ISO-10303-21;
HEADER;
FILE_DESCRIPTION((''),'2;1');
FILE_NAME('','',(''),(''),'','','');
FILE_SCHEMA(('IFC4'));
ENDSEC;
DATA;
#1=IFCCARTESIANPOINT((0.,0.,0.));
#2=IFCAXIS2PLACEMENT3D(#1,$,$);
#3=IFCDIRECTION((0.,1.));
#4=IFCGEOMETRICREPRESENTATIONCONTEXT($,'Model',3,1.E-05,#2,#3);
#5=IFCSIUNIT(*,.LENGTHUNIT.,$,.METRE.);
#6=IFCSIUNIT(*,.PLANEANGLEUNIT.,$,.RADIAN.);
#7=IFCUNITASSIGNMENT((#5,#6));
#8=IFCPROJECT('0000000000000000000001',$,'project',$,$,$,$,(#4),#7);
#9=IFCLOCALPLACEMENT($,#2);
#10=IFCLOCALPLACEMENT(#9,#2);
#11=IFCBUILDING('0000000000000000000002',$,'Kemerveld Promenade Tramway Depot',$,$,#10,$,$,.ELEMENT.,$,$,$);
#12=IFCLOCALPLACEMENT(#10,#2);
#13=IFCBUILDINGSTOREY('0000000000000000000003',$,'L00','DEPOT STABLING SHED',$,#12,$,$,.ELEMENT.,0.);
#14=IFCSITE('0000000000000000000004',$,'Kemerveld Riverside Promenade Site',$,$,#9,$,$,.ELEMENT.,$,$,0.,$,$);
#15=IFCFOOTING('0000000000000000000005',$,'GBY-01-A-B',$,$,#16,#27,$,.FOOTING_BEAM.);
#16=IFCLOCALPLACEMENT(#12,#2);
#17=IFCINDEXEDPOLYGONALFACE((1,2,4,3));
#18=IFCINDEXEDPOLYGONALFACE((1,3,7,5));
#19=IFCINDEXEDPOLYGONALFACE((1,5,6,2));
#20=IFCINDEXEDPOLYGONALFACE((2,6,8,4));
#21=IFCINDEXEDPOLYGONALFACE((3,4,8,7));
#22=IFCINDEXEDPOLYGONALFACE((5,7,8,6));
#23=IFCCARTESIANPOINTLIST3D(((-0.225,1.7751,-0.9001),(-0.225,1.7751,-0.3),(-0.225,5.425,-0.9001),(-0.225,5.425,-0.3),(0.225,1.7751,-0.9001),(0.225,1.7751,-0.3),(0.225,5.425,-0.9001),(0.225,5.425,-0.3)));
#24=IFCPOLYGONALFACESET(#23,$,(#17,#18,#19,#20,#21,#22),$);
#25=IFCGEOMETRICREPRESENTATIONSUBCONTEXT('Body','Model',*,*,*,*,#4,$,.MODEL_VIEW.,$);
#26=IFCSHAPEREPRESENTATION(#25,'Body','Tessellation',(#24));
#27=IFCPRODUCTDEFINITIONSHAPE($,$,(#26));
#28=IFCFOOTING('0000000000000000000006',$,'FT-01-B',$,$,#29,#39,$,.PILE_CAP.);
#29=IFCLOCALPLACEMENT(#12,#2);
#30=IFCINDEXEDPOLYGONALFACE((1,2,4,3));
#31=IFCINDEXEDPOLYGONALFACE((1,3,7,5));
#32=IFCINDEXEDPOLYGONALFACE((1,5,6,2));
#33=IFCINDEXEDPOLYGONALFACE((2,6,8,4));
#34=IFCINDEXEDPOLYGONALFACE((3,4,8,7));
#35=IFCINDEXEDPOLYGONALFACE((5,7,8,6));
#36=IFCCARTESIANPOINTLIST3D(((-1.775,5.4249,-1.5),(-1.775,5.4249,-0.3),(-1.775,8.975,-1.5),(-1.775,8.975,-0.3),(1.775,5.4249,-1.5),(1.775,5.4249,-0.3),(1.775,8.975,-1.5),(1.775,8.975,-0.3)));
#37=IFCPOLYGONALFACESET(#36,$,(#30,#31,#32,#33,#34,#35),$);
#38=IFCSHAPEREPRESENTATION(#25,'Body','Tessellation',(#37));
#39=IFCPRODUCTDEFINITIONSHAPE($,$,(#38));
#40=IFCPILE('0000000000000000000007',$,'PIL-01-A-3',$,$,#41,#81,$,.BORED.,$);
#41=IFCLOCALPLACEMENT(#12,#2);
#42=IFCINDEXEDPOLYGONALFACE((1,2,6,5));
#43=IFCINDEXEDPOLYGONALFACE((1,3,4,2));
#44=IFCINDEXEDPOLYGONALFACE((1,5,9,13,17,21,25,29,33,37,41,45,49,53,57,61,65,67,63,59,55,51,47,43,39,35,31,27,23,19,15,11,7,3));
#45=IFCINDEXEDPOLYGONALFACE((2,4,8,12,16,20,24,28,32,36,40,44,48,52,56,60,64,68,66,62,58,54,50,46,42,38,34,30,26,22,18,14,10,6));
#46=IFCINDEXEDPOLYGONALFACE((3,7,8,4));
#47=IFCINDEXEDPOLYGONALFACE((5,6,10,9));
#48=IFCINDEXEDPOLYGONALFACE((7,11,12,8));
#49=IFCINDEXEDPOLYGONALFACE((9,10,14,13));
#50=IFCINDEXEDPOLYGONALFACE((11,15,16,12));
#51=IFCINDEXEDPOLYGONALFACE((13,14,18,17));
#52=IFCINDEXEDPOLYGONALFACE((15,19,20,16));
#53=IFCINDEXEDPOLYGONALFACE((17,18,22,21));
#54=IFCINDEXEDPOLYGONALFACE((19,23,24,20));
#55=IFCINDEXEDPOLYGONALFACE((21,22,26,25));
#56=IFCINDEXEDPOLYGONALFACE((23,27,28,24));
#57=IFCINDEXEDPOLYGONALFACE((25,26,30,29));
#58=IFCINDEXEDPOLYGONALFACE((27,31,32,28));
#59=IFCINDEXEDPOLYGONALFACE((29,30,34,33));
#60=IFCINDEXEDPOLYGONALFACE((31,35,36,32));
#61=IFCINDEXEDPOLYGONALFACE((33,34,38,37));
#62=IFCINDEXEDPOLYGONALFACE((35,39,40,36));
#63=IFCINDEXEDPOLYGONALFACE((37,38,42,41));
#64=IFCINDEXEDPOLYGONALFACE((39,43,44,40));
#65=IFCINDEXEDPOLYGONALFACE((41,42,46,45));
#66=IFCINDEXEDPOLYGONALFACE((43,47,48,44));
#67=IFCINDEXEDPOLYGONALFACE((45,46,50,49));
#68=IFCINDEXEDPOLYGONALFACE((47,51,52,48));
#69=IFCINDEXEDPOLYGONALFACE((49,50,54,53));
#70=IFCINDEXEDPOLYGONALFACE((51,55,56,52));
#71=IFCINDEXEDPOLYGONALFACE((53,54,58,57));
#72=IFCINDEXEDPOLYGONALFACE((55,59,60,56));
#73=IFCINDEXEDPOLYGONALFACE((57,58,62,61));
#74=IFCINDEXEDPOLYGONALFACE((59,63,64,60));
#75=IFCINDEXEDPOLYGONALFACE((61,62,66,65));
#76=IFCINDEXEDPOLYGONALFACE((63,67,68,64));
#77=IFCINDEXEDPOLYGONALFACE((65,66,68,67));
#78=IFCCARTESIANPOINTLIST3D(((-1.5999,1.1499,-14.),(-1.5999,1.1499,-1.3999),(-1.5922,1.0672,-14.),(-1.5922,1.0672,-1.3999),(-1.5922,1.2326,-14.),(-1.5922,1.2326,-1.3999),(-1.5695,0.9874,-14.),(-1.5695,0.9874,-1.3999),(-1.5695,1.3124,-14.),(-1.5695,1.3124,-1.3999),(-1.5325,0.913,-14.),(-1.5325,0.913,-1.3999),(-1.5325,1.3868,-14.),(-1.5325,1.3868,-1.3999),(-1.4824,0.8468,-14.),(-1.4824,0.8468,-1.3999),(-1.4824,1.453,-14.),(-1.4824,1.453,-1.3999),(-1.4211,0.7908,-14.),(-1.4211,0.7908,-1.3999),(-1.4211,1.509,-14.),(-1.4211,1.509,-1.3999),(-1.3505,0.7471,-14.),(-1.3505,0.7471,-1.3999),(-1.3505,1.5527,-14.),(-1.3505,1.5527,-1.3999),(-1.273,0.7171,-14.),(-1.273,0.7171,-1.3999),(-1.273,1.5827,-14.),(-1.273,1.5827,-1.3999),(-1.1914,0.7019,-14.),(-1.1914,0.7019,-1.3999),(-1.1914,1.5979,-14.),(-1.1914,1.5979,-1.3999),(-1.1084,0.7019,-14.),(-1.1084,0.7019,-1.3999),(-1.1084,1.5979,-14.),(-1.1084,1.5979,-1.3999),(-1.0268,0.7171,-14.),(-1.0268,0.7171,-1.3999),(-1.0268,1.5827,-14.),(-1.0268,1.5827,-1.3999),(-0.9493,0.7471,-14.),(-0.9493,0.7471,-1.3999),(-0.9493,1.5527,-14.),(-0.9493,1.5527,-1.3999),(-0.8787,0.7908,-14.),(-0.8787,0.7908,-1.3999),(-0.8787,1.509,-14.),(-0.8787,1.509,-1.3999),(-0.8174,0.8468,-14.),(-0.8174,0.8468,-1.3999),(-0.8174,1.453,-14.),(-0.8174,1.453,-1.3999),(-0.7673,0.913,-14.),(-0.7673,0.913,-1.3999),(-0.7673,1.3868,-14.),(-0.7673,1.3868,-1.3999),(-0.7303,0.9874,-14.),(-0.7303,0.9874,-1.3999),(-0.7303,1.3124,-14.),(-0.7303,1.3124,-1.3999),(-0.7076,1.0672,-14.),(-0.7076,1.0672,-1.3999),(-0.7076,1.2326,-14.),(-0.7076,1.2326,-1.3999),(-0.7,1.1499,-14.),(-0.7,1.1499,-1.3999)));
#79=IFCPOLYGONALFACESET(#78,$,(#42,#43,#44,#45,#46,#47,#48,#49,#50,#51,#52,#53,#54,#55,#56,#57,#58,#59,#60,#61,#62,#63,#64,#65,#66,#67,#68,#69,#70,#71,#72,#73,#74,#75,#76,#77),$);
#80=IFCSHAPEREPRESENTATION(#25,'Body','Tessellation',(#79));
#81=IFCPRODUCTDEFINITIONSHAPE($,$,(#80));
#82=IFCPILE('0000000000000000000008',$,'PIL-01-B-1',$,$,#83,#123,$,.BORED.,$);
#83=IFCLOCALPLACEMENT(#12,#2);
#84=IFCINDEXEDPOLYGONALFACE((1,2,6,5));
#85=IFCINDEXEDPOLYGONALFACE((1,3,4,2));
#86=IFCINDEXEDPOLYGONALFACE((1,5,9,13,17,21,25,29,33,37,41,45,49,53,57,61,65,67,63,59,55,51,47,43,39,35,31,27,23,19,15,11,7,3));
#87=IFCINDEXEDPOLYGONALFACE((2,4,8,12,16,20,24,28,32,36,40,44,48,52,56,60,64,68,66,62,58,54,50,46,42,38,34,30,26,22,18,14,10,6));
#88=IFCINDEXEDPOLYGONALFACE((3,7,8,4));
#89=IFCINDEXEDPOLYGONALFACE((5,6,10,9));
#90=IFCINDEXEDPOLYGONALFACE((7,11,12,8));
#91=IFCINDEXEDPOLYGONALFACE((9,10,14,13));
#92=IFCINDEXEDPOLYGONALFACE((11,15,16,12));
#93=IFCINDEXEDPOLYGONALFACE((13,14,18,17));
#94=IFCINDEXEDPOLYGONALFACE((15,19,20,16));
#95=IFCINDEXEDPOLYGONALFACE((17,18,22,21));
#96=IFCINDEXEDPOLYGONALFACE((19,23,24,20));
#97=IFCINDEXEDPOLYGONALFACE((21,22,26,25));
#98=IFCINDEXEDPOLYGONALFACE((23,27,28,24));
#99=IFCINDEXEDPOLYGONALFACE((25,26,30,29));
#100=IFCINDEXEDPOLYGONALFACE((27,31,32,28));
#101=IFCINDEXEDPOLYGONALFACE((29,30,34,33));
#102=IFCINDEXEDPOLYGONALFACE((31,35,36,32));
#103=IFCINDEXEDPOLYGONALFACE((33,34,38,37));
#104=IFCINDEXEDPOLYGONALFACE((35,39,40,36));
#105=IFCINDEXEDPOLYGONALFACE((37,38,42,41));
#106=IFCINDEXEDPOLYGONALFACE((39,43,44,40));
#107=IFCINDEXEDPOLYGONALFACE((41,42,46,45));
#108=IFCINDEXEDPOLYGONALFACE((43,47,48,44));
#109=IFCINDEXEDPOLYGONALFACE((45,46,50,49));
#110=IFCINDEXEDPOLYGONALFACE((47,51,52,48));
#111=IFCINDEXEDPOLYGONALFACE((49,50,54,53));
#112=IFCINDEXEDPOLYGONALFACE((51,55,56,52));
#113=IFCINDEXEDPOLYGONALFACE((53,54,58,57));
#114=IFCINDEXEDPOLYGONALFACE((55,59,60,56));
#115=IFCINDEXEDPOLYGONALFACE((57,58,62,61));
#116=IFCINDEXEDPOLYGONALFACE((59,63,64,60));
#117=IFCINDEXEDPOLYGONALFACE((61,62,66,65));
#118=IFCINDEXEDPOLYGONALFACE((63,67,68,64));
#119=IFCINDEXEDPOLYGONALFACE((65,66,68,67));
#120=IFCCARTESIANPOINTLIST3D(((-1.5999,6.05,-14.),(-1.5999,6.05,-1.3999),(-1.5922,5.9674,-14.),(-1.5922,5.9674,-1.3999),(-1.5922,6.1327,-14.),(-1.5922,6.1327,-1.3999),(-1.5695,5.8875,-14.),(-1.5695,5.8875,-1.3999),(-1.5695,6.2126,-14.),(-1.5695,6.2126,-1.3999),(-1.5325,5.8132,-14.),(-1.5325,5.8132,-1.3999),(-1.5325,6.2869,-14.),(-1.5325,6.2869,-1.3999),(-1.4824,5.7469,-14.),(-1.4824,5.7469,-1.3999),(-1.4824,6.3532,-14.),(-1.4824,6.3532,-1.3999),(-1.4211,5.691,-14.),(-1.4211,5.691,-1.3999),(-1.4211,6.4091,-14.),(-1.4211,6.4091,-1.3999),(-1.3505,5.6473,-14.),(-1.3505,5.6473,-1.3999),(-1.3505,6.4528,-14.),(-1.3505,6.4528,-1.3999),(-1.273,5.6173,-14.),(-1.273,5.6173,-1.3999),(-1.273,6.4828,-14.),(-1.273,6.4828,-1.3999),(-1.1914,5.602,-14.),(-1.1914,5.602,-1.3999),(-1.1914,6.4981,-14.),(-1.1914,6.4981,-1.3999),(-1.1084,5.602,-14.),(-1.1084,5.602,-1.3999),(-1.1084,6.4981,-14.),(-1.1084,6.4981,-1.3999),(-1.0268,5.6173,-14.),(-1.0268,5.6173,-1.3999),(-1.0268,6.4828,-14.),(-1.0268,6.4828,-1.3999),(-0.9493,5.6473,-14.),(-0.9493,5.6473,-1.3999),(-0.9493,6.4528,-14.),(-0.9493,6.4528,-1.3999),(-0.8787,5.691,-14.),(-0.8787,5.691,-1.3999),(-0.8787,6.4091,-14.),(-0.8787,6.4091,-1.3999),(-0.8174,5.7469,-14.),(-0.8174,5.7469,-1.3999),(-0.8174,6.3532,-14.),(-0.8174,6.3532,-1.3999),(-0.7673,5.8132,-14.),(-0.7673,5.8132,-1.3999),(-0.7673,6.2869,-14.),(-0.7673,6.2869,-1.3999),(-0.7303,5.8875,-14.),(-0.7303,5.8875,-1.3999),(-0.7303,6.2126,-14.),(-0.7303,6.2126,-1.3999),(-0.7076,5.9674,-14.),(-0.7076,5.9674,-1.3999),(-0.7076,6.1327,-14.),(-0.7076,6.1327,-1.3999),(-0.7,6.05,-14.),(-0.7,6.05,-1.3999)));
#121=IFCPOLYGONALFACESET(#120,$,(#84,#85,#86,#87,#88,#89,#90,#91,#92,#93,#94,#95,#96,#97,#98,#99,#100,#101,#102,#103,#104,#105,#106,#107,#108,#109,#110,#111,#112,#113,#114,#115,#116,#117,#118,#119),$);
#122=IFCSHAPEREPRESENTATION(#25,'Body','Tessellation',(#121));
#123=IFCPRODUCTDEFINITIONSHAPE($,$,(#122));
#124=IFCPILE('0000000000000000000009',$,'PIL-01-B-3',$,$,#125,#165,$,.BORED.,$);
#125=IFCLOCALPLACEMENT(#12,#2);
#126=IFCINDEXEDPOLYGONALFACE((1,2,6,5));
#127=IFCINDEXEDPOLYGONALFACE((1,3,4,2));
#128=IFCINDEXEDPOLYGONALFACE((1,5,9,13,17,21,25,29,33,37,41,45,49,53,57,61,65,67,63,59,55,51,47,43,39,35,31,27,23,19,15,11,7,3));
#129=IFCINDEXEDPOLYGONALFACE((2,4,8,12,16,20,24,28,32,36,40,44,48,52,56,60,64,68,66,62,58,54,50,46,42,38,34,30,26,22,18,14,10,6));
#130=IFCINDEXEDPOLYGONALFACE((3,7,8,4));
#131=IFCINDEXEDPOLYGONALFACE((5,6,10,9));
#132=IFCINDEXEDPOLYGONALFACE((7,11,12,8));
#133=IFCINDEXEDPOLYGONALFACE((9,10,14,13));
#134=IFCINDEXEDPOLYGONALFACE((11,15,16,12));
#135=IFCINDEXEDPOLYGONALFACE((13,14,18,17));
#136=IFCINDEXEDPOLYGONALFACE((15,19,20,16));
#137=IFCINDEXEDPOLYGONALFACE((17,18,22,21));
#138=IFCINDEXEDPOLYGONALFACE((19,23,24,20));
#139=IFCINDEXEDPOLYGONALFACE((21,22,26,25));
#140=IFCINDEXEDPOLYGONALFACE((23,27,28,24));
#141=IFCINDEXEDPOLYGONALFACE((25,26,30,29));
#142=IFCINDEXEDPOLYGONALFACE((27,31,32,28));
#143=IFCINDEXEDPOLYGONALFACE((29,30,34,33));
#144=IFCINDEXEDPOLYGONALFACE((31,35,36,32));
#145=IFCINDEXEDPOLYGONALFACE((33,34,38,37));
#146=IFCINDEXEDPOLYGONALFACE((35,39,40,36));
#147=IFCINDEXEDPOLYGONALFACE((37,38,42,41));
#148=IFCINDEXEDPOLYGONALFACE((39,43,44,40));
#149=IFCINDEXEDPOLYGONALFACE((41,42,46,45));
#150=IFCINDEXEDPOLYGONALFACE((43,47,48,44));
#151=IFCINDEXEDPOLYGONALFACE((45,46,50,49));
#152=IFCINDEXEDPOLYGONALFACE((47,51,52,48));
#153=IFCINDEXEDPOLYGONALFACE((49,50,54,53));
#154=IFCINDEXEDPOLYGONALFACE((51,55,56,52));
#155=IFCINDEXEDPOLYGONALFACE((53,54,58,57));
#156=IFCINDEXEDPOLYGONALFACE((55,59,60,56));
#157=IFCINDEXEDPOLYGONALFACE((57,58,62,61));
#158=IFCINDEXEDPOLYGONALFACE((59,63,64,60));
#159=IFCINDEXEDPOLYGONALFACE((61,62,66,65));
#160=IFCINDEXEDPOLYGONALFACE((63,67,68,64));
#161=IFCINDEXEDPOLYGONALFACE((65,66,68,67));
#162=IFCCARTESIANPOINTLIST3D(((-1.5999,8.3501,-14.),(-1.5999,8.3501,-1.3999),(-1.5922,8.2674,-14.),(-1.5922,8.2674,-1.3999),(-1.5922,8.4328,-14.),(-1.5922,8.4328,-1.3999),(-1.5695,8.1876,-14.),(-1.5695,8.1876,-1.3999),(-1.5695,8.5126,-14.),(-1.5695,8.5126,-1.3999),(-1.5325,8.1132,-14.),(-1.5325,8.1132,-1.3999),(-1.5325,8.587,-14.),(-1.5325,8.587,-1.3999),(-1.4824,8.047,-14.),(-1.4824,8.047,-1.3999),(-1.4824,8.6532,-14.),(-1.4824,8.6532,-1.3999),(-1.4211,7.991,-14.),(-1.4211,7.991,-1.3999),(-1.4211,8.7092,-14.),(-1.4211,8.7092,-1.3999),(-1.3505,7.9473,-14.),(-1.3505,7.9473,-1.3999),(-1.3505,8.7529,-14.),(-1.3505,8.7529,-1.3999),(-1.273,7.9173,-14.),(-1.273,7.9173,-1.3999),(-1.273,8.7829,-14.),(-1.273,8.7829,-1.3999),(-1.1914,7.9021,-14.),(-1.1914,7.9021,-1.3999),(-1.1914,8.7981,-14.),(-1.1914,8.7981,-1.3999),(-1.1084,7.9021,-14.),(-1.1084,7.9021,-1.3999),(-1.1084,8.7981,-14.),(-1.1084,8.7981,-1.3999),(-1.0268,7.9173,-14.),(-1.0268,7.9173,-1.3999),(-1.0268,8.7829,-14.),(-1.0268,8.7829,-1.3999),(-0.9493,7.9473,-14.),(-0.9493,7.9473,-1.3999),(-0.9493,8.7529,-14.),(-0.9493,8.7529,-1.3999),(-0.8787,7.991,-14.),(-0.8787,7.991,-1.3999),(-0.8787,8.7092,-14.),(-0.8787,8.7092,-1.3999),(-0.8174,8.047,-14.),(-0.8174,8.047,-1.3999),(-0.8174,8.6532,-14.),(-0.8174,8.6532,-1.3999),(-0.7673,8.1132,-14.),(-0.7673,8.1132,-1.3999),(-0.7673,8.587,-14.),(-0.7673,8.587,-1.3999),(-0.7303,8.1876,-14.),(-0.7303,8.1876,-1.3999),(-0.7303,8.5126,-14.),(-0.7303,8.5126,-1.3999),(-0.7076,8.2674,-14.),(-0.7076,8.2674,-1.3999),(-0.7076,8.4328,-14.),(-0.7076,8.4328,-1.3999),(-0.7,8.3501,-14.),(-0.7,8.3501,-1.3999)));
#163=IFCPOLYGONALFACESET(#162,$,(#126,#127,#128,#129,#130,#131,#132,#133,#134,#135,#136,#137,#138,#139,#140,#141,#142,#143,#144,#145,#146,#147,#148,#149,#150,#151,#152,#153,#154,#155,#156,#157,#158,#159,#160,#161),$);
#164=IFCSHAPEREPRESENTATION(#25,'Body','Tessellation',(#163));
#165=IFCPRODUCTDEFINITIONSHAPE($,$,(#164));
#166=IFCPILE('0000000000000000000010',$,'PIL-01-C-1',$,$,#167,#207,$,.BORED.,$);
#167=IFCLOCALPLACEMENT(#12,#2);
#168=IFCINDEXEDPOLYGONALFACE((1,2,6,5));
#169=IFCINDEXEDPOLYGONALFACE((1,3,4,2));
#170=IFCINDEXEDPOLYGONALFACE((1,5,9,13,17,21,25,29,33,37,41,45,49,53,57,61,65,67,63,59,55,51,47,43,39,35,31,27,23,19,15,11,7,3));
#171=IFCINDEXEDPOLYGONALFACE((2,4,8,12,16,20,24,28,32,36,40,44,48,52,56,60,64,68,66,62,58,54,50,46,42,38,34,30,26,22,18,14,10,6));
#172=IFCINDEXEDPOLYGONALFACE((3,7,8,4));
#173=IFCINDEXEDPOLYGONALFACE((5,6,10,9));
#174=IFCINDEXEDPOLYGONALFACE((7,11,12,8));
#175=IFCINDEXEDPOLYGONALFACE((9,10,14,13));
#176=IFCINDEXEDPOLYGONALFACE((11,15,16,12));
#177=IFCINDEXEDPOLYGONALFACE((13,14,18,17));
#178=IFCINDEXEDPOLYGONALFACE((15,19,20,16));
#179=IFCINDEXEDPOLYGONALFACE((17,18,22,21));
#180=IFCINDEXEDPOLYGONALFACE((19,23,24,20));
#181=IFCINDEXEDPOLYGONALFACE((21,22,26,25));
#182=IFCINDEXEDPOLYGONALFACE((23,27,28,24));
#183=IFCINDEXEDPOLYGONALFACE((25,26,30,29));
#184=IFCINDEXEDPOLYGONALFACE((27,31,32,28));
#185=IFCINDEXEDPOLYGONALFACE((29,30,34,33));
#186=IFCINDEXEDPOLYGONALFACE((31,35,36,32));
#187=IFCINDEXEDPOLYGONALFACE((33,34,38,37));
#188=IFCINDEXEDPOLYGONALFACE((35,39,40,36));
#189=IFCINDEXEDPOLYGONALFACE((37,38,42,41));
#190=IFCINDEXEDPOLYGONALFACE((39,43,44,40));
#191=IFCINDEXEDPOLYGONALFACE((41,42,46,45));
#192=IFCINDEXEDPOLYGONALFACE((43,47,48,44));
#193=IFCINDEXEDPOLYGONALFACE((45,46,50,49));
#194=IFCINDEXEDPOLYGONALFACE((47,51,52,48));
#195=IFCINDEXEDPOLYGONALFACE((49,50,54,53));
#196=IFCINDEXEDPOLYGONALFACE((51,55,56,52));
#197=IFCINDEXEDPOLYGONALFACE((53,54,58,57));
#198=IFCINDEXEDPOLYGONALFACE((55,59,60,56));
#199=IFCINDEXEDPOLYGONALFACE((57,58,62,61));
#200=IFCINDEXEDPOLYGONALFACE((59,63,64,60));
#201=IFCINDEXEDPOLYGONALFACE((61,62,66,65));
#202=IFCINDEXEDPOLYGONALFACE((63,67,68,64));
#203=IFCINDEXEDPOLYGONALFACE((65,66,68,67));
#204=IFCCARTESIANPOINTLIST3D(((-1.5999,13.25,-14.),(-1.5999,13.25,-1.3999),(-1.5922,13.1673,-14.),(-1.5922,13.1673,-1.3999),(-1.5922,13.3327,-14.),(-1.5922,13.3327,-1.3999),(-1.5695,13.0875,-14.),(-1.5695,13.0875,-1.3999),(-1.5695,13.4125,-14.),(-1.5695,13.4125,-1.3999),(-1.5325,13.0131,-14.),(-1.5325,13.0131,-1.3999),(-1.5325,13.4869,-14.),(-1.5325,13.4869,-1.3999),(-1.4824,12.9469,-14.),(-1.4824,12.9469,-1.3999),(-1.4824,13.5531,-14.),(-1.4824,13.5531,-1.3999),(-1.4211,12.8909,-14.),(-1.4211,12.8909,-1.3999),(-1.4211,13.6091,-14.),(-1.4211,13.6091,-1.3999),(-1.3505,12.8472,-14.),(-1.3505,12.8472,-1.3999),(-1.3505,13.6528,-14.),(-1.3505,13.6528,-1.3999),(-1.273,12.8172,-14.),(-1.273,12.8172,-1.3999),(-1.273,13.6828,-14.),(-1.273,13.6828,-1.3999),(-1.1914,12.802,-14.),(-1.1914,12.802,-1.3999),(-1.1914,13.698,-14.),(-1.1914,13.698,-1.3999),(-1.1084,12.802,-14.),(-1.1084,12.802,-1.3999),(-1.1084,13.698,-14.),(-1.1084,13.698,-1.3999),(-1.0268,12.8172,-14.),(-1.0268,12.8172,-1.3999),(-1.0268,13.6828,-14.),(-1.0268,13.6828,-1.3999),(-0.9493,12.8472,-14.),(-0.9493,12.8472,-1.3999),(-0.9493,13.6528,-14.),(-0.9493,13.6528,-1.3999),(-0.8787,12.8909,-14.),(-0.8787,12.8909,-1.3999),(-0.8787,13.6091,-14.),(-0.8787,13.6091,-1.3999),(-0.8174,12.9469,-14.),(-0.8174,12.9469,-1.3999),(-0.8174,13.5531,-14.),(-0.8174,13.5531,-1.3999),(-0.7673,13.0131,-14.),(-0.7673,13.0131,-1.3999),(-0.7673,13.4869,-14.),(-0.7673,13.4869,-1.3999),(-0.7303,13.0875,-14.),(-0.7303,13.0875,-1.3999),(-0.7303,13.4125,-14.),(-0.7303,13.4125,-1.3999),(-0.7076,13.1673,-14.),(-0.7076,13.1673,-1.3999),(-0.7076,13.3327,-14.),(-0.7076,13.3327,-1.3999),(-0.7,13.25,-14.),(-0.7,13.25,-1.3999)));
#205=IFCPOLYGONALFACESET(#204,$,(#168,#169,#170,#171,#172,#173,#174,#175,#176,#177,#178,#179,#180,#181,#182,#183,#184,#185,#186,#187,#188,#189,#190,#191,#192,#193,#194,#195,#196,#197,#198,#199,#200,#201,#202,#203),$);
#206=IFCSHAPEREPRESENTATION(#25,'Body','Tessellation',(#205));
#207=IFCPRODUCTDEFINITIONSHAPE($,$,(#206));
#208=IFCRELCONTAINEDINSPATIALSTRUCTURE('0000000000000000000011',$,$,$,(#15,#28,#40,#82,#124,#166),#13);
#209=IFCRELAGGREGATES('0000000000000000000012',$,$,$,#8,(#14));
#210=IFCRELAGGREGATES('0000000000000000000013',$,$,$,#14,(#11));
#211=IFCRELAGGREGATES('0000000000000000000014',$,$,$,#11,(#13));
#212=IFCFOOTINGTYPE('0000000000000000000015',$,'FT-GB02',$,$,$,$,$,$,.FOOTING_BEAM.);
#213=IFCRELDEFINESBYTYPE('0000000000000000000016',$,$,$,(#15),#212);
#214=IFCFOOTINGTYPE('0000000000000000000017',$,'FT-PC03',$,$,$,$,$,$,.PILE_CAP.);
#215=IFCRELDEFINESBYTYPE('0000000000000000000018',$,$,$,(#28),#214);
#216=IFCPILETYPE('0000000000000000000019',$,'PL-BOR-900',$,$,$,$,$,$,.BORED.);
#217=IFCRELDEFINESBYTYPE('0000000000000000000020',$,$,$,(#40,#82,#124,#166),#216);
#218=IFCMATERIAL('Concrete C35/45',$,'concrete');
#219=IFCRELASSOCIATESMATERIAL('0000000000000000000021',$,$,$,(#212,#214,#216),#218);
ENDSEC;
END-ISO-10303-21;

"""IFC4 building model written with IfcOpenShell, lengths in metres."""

from ifc_helpers import new_model, si_unit, direction, frame, origin, origin_2d, place, context, subcontext, project, spatial, rectangle, circle, extrude, material, material_profile, profile_set, type_object, element, save


model = new_model("IFC4")

# Units and contexts
model_context = context("Model", 3, precision=1e-05, world=origin(), true_north=direction((0.0, 1.0)))
body_context = subcontext(model_context, "Body", "Model", "MODEL_VIEW")
ifc_project = project(units=[si_unit("LENGTHUNIT", "METRE"), si_unit("PLANEANGLEUNIT", "RADIAN")], contexts=[model_context])

# Site, building, storey
site_placement = place(None, origin())
site = spatial("IfcSite", under=ifc_project, at=site_placement, Name="Kemerveld Riverside Promenade Site", CompositionType="ELEMENT", RefElevation=0.0)
building_placement = place(site_placement, origin())
building = spatial("IfcBuilding", under=site, at=building_placement, Name="Kemerveld Promenade Tramway Depot", CompositionType="ELEMENT")
storey_placement = place(building_placement, origin())
storey = spatial("IfcBuildingStorey", under=building, at=storey_placement, Name="L00", Description="DEPOT STABLING SHED", CompositionType="ELEMENT", Elevation=0.0)

# Footings
ifc_material_1 = material(Name="Concrete C35/45", Category="concrete")
footing_type_1 = type_object("IfcFootingType", Name="FT-GB02", PredefinedType="FOOTING_BEAM", material=ifc_material_1)
footing_1_placement = place(storey_placement, frame((0.0, 3.6001, -0.9001), z_axis=(0.0, 0.0, 1.0), x_axis=(0.0, 1.0, 0.0)))
element("IfcFooting", 1, at=footing_1_placement, inside=storey, type_object=footing_type_1, Name="GBY-01-A-B", PredefinedType="FOOTING_BEAM", context=body_context, shape_type="SweptSolid", body=[
    extrude(rectangle(XDim=3.6499, YDim=0.45, at=origin_2d()), origin(), (0.0, 0.0, 1.0), 0.6001),
])
footing_type_2 = type_object("IfcFootingType", Name="FT-PC03", PredefinedType="PILE_CAP", material=ifc_material_1)
footing_2_placement = place(storey_placement, frame((0.0, 7.2, -1.5), z_axis=(0.0, 0.0, 1.0), x_axis=(1.0, 0.0, 0.0)))
element("IfcFooting", 2, at=footing_2_placement, inside=storey, type_object=footing_type_2, Name="FT-01-B", PredefinedType="PILE_CAP", context=body_context, shape_type="SweptSolid", body=[
    extrude(rectangle(XDim=3.55, YDim=3.55, at=origin_2d()), origin(), (0.0, 0.0, 1.0), 1.2),
])

# Piles
ifc_material_profile_1 = material_profile(ifc_material_1, circle(Radius=0.45, at=origin_2d()), Name="PILE-D900")
ifc_profile_set_1 = profile_set([ifc_material_profile_1], Name="Concrete C35/45")
pile_type = type_object("IfcPileType", Name="PL-BOR-900", PredefinedType="BORED", material=ifc_profile_set_1)
for number, where, z_axis, x_axis, name in (
    (3, (-1.1499, 1.1499, -1.3999), (0.0, 0.0, -1.0), (1.0, 0.0, 0.0), "PIL-01-A-3"),
    (4, (-1.1499, 6.05, -1.3999), (0.0, 0.0, -1.0), (1.0, 0.0, 0.0), "PIL-01-B-1"),
    (5, (-1.1499, 8.3501, -1.3999), (0.0, 0.0, -1.0), (1.0, 0.0, 0.0), "PIL-01-B-3"),
    (6, (-1.1499, 13.25, -1.3999), (0.0, 0.0, -1.0), (1.0, 0.0, 0.0), "PIL-01-C-1"),
):
    element("IfcPile", number, at=place(storey_placement, frame(where, z_axis=z_axis, x_axis=x_axis)), inside=storey, type_object=pile_type, Name=name, PredefinedType="BORED", context=body_context, shape_type="SweptSolid", body=[
        extrude(circle(Radius=0.45, at=origin_2d()), origin(), (0.0, 0.0, 1.0), 12.6001),
    ])

save(model, "model.ifc")
